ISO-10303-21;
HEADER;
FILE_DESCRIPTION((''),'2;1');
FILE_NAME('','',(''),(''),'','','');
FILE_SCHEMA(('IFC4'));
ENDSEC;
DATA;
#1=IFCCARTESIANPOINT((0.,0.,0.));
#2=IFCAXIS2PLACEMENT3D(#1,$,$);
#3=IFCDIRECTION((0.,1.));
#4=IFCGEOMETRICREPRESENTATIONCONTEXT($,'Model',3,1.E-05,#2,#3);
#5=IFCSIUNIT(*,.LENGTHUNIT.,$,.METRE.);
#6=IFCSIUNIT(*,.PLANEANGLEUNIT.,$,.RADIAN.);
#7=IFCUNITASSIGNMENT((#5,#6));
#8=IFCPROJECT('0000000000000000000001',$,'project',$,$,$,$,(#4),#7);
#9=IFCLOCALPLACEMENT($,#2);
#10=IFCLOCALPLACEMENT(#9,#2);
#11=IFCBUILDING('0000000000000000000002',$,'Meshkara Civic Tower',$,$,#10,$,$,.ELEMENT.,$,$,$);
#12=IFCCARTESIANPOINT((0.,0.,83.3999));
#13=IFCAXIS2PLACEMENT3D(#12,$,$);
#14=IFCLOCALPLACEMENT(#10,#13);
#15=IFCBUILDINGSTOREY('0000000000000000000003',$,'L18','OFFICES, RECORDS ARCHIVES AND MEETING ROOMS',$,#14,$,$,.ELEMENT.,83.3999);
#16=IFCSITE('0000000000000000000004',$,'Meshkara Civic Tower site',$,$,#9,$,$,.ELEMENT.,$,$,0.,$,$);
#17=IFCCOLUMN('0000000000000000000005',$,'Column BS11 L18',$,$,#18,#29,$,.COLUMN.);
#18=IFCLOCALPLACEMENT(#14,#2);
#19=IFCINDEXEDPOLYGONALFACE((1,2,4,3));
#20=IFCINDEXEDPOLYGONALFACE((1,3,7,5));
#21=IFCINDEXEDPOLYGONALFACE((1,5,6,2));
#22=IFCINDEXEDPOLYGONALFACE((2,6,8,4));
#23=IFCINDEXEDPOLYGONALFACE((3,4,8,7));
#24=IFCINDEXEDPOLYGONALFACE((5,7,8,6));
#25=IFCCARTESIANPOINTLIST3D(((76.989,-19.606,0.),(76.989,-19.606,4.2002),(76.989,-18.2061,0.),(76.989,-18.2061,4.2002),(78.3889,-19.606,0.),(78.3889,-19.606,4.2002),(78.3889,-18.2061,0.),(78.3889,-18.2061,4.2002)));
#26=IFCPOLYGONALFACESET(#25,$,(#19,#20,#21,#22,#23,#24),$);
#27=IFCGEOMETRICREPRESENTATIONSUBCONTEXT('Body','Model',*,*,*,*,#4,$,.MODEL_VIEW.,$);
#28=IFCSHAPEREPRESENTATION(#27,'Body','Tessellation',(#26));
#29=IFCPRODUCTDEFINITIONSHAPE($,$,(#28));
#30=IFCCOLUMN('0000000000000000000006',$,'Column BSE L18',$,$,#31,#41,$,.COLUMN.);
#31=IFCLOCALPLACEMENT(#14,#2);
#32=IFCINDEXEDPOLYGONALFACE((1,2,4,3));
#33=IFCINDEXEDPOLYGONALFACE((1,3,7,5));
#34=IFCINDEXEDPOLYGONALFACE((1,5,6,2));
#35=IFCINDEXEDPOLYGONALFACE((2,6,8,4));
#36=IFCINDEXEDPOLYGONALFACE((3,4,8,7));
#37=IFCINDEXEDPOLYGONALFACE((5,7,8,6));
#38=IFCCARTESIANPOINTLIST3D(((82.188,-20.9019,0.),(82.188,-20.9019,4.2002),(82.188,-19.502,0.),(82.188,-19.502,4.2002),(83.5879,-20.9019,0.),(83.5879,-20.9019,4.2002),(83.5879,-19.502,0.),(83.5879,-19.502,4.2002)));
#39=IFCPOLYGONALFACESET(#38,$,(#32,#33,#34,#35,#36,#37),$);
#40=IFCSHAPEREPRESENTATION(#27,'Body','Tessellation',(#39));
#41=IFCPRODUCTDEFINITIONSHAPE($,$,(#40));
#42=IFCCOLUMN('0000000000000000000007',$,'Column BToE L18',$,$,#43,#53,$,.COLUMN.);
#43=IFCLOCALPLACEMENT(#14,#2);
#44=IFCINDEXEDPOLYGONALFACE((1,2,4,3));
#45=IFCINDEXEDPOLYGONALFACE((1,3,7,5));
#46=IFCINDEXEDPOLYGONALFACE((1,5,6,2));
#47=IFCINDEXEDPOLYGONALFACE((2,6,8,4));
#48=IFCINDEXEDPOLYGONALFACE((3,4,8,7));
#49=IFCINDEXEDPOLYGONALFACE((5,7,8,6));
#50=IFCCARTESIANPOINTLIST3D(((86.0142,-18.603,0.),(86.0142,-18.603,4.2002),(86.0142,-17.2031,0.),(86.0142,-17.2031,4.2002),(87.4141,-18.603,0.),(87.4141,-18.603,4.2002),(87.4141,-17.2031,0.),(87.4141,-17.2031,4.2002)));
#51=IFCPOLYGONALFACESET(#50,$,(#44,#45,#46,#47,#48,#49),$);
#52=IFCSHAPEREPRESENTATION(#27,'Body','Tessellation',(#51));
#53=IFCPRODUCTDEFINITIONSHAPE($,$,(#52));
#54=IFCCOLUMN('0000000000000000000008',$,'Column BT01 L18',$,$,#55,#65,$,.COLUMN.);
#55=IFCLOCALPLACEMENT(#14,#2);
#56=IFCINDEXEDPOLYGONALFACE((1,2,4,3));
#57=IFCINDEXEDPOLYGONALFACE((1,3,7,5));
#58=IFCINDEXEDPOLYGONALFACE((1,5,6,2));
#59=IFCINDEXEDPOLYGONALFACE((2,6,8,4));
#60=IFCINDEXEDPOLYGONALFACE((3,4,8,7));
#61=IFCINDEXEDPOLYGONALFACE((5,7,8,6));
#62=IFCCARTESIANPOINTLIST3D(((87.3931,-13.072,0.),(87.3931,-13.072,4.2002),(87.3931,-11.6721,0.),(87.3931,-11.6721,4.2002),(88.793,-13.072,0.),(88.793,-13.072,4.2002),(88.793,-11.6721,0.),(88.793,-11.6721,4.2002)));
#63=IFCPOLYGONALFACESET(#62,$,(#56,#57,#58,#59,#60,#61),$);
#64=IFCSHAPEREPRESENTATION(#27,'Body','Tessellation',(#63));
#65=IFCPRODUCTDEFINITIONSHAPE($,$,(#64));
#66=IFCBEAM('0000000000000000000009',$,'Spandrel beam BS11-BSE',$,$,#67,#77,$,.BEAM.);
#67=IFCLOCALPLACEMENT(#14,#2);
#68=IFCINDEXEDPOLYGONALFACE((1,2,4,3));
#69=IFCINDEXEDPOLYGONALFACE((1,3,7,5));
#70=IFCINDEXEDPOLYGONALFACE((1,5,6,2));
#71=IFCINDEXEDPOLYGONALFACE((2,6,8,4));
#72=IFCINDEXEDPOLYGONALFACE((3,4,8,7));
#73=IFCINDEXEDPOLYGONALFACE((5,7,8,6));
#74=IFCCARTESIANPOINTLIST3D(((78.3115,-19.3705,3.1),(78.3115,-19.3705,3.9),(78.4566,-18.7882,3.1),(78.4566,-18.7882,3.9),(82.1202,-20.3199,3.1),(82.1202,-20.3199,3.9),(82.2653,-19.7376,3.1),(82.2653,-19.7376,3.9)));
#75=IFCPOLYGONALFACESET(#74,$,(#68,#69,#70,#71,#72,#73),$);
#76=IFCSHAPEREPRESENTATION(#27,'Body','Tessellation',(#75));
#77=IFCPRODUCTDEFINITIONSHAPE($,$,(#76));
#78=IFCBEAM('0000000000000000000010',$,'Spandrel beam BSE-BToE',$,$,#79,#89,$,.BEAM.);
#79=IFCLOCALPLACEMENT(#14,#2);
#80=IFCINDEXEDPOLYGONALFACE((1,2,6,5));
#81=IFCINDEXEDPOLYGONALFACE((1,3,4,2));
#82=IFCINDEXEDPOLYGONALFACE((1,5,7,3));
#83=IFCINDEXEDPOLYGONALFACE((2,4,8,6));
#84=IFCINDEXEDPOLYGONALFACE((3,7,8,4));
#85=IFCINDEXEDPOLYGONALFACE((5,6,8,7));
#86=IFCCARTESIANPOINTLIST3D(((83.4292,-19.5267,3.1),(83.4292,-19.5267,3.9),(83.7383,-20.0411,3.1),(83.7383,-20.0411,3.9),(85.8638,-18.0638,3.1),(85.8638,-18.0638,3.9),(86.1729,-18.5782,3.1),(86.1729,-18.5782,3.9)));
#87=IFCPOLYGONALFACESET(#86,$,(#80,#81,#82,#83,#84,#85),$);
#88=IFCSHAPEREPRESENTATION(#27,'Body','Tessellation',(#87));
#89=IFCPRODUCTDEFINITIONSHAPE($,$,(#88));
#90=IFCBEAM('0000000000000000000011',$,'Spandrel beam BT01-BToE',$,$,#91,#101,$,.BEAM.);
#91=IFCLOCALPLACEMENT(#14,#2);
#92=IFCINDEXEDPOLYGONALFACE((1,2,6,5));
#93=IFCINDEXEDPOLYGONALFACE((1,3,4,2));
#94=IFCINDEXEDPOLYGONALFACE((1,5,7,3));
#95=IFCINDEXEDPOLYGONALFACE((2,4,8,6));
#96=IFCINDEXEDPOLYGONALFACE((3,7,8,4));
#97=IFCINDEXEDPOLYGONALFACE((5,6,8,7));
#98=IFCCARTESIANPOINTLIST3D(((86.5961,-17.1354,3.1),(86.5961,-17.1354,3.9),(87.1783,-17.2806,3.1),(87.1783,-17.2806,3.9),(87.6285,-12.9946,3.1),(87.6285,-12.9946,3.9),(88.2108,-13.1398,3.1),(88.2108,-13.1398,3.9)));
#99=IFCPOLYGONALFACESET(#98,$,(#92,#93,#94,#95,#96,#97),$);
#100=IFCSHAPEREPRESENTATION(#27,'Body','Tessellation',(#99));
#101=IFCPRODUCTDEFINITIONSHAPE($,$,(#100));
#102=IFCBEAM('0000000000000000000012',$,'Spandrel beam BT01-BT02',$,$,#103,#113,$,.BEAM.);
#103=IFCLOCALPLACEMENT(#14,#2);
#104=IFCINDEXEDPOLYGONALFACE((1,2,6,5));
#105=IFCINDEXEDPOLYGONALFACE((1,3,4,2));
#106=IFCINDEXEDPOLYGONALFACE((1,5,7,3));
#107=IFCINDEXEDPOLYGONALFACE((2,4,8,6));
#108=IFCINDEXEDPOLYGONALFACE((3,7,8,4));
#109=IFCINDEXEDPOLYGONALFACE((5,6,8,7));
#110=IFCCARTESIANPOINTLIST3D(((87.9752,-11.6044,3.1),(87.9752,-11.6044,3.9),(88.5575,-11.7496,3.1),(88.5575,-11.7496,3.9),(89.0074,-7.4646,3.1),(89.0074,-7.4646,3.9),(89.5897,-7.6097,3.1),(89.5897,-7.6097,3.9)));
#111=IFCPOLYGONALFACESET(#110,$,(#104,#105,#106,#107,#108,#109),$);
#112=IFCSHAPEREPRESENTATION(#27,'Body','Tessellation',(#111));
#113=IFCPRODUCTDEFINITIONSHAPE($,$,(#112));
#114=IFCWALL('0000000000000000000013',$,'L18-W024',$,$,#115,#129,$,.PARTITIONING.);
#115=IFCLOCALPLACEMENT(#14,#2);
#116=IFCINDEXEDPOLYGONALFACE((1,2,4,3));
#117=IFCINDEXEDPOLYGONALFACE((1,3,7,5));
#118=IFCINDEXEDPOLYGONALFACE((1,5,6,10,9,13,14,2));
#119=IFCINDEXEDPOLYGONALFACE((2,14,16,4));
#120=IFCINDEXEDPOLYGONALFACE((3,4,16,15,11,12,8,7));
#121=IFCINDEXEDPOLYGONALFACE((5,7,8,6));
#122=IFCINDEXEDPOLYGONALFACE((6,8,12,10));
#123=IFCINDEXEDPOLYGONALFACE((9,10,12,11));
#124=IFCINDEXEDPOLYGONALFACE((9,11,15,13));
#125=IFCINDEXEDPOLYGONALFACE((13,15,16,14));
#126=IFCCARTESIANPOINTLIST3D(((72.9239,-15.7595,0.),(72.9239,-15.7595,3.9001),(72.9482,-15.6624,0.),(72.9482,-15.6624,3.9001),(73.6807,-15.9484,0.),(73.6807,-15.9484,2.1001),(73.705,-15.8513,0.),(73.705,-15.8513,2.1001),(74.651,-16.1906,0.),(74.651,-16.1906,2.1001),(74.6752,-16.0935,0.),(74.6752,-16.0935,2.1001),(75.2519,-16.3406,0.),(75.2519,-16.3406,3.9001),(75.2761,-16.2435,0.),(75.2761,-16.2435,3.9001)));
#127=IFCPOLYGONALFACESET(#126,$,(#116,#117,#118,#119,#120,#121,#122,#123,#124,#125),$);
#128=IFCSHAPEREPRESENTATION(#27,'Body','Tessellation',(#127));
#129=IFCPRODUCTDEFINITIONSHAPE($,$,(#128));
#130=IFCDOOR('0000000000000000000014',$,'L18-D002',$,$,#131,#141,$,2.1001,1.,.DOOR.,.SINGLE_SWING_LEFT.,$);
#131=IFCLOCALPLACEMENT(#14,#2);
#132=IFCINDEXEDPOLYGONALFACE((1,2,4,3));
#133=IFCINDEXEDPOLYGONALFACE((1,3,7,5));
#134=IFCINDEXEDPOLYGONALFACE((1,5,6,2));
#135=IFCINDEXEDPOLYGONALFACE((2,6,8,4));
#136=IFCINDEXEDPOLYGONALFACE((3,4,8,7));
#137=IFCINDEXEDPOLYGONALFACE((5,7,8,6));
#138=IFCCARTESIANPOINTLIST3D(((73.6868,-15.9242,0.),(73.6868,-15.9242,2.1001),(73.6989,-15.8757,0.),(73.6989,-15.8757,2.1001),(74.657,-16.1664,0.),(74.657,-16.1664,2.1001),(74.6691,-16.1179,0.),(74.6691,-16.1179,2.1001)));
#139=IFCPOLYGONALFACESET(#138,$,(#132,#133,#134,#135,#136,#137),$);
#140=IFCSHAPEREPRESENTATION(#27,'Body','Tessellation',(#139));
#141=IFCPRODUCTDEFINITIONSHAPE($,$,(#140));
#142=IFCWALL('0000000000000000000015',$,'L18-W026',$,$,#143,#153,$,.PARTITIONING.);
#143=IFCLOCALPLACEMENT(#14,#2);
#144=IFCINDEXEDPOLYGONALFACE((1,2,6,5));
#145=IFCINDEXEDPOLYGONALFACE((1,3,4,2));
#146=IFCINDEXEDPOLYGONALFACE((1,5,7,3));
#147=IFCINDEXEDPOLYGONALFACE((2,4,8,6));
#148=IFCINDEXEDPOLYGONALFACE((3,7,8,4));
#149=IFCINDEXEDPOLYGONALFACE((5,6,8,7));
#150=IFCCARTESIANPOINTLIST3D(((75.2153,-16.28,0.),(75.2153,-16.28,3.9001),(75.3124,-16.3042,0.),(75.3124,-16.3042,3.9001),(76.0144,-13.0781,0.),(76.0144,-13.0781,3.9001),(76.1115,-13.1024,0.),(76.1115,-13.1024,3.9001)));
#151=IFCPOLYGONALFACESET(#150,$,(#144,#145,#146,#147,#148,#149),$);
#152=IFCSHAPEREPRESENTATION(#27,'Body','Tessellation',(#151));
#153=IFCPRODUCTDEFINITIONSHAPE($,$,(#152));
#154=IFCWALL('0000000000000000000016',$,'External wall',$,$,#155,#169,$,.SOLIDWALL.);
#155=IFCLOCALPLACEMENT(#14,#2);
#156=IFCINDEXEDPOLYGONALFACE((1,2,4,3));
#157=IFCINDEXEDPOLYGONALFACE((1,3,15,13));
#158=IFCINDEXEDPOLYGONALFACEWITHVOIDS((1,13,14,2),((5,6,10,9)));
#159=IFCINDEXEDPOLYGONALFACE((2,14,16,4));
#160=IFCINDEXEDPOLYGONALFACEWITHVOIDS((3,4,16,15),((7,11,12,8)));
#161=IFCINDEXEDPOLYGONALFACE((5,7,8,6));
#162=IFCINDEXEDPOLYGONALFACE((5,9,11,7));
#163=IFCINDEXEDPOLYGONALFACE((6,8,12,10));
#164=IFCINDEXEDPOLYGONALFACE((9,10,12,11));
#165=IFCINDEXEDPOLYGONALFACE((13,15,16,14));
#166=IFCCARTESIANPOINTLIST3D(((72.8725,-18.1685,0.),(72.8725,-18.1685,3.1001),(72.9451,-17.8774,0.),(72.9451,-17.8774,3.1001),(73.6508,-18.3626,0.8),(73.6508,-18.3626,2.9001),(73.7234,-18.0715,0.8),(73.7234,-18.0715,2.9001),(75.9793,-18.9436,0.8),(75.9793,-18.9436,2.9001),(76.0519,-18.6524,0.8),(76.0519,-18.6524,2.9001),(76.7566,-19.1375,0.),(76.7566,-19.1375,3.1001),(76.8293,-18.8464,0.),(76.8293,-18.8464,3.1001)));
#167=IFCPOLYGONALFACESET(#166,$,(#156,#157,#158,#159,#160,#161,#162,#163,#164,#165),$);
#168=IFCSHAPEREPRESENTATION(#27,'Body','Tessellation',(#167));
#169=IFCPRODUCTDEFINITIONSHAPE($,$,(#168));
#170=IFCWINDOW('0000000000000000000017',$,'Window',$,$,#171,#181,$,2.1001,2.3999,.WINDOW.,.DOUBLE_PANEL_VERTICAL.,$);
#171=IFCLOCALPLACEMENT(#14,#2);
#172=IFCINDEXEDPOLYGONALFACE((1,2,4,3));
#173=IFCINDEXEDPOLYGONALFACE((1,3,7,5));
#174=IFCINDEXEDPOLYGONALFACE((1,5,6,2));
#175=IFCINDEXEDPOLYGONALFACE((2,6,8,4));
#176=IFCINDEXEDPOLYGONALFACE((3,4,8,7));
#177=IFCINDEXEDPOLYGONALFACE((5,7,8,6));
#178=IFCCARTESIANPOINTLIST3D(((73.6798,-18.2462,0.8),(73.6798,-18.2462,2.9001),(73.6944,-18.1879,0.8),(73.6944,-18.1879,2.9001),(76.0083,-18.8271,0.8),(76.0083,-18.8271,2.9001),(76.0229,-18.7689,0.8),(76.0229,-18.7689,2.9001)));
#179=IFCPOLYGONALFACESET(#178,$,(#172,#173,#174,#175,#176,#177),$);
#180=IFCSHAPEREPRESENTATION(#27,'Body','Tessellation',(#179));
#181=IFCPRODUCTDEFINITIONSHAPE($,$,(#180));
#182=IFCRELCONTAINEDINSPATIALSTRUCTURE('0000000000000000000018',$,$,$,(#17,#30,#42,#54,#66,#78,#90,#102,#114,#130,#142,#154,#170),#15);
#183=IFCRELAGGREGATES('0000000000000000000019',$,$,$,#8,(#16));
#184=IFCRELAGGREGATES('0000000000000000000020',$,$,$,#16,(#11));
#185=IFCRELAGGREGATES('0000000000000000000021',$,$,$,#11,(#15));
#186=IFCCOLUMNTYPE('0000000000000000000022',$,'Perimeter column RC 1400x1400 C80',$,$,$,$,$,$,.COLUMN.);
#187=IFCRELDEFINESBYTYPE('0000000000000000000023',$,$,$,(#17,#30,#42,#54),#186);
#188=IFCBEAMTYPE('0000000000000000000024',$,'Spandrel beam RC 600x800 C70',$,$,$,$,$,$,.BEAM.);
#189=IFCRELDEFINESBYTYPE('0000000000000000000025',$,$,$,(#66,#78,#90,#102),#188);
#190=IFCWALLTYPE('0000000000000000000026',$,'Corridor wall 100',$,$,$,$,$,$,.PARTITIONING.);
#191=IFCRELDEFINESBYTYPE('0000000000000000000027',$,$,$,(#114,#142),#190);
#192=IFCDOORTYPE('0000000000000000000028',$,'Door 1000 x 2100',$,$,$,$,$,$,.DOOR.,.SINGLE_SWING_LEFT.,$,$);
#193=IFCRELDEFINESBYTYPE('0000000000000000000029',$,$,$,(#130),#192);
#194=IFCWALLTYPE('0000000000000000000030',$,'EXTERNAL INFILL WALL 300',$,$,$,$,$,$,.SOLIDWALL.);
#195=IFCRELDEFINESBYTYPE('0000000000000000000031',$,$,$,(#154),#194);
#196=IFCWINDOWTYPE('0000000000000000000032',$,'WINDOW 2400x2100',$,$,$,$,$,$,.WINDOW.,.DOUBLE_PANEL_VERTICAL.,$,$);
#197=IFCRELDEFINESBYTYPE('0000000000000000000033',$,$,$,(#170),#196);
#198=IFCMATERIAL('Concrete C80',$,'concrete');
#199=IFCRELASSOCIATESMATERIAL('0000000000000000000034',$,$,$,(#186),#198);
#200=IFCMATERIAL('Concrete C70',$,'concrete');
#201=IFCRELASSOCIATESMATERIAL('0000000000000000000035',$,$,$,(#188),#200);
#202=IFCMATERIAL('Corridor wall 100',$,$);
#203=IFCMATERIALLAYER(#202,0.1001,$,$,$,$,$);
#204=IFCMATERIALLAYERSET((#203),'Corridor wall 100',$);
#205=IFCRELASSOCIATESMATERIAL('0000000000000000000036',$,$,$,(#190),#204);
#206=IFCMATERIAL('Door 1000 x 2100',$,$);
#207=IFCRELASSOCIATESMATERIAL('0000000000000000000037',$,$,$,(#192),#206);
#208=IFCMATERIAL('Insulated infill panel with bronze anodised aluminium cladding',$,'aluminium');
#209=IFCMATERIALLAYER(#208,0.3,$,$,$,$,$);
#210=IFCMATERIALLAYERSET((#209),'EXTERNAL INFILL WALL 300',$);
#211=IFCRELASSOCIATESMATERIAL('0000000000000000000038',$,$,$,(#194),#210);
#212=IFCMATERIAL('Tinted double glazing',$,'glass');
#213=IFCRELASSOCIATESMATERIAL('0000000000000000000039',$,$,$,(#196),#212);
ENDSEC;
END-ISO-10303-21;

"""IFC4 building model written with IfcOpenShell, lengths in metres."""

from ifc_helpers import new_model, si_unit, direction, frame, frame_2d, origin, origin_2d, place, context, subcontext, project, spatial, rectangle, extrude, material, layer, layer_set, material_profile, profile_set, type_object, element, fill, save


model = new_model("IFC4")

# Units and contexts
model_context = context("Model", 3, precision=1e-05, world=origin(), true_north=direction((0.0, 1.0)))
body_context = subcontext(model_context, "Body", "Model", "MODEL_VIEW")
ifc_project = project(units=[si_unit("LENGTHUNIT", "METRE"), si_unit("PLANEANGLEUNIT", "RADIAN")], contexts=[model_context])

# Site, building, storey
site_placement = place(None, origin())
site = spatial("IfcSite", under=ifc_project, at=site_placement, Name="Meshkara Civic Tower site", CompositionType="ELEMENT", RefElevation=0.0)
building_placement = place(site_placement, origin())
building = spatial("IfcBuilding", under=site, at=building_placement, Name="Meshkara Civic Tower", CompositionType="ELEMENT")
storey_placement = place(building_placement, frame((0.0, 0.0, 83.3999)))
storey = spatial("IfcBuildingStorey", under=building, at=storey_placement, Name="L18", Description="OFFICES, RECORDS ARCHIVES AND MEETING ROOMS", CompositionType="ELEMENT", Elevation=83.3999)

# Columns
ifc_material_1 = material(Name="Concrete C80", Category="concrete")
ifc_material_profile_1 = material_profile(ifc_material_1, rectangle(XDim=1.3999, YDim=1.3999, at=origin_2d()))
ifc_profile_set_1 = profile_set([ifc_material_profile_1], Name="Concrete C80")
column_type = type_object("IfcColumnType", Name="Perimeter column RC 1400x1400 C80", PredefinedType="COLUMN", material=ifc_profile_set_1)
for number, where, z_axis, x_axis, name in (
    (1, (77.689, -18.906, 0.0), (0.0, 0.0, 1.0), (1.0, 0.0, 0.0), "Column BS11 L18"),
    (2, (82.8879, -20.2019, 0.0), (0.0, 0.0, 1.0), (1.0, 0.0, 0.0), "Column BSE L18"),
    (3, (86.7141, -17.9031, 0.0), (0.0, 0.0, 1.0), (1.0, 0.0, 0.0), "Column BToE L18"),
    (4, (88.093, -12.3721, 0.0), (0.0, 0.0, 1.0), (1.0, 0.0, 0.0), "Column BT01 L18"),
):
    element("IfcColumn", number, at=place(storey_placement, frame(where, z_axis=z_axis, x_axis=x_axis)), inside=storey, type_object=column_type, Name=name, PredefinedType="COLUMN", context=body_context, shape_type="SweptSolid", body=[
        extrude(rectangle(XDim=1.3999, YDim=1.3999, at=origin_2d()), origin(), (0.0, 0.0, 1.0), 4.2002),
    ])

# Beams
ifc_material_2 = material(Name="Concrete C70", Category="concrete")
ifc_material_profile_2 = material_profile(ifc_material_2, rectangle(XDim=0.6001, YDim=0.8, at=origin_2d()))
ifc_profile_set_2 = profile_set([ifc_material_profile_2], Name="Concrete C70")
beam_type = type_object("IfcBeamType", Name="Spandrel beam RC 600x800 C70", PredefinedType="BEAM", material=ifc_profile_set_2)
beam_1_placement = place(storey_placement, frame((78.384, -19.0793, 3.5), z_axis=(0.970307, -0.241877, 0.0), x_axis=(0.241877, 0.970307, 0.0)))
element("IfcBeam", 5, at=beam_1_placement, inside=storey, type_object=beam_type, Name="Spandrel beam BS11-BSE", PredefinedType="BEAM", context=body_context, shape_type="SweptSolid", body=[
    extrude(rectangle(XDim=0.6001, YDim=0.8, at=origin_2d()), origin(), (0.0, 0.0, 1.0), 3.9253),
])
beam_2_placement = place(storey_placement, frame((83.5837, -19.7839, 3.5), z_axis=(0.857159, 0.515052, 0.0), x_axis=(-0.515052, 0.857159, 0.0)))
element("IfcBeam", 6, at=beam_2_placement, inside=storey, type_object=beam_type, Name="Spandrel beam BSE-BToE", PredefinedType="BEAM", context=body_context, shape_type="SweptSolid", body=[
    extrude(rectangle(XDim=0.6001, YDim=0.8, at=origin_2d()), origin(), (0.0, 0.0, 1.0), 2.8403),
])
beam_3_placement = place(storey_placement, frame((86.8872, -17.208, 3.5), z_axis=(0.24193, 0.970294, 0.0), x_axis=(-0.970294, 0.24193, 0.0)))
element("IfcBeam", 7, at=beam_3_placement, inside=storey, type_object=beam_type, Name="Spandrel beam BT01-BToE", PredefinedType="BEAM", context=body_context, shape_type="SweptSolid", body=[
    extrude(rectangle(XDim=0.6001, YDim=0.8, at=origin_2d()), origin(), (0.0, 0.0, 1.0), 4.2676),
])
beam_4_placement = place(storey_placement, frame((88.2664, -11.677, 3.5), z_axis=(0.24193, 0.970294, 0.0), x_axis=(-0.970294, 0.24193, 0.0)))
element("IfcBeam", 8, at=beam_4_placement, inside=storey, type_object=beam_type, Name="Spandrel beam BT01-BT02", PredefinedType="BEAM", context=body_context, shape_type="SweptSolid", body=[
    extrude(rectangle(XDim=0.6001, YDim=0.8, at=origin_2d()), origin(), (0.0, 0.0, 1.0), 4.2666),
])

# Wall, opening, door
ifc_material_3 = material(Name="Corridor wall 100")
ifc_layer_1 = layer(ifc_material_3, 0.1001)
ifc_layer_set_1 = layer_set([ifc_layer_1], Name="Corridor wall 100")
wall_type_1 = type_object("IfcWallType", Name="Corridor wall 100", PredefinedType="PARTITIONING", material=ifc_layer_set_1)
wall_1_placement = place(storey_placement, frame((72.936, -15.7109, 0.0), z_axis=(0.0, 0.0, 1.0), x_axis=(0.970232, -0.242176, 0.0)))
wall_1 = element("IfcWall", 9, at=wall_1_placement, inside=storey, type_object=wall_type_1, Name="L18-W024", PredefinedType="PARTITIONING", context=body_context, shape_type="SweptSolid", body=[
    extrude(rectangle(XDim=2.3994, YDim=0.1001, at=frame_2d((1.1997, 0.0))), origin(), (0.0, 0.0, 1.0), 3.9001),
])
opening_1_placement = place(wall_1_placement, frame((0.78, 0.0, 0.0)))
opening_1 = element("IfcOpeningElement", 10, at=opening_1_placement, cuts=wall_1, PredefinedType="OPENING", context=body_context, shape_type="SweptSolid", body=[
    extrude(rectangle(XDim=1.0, YDim=2.1001, at=frame_2d((0.5, 1.05))), frame((0.0, 0.0601, 0.0), z_axis=(0.0, -1.0, 0.0), x_axis=(1.0, 0.0, 0.0)), (0.0, 0.0, 1.0), 0.1201),
])
ifc_material_4 = material(Name="Door 1000 x 2100")
door_type_1 = type_object("IfcDoorType", Name="Door 1000 x 2100", OperationType="SINGLE_SWING_LEFT", PredefinedType="DOOR", material=ifc_material_4)
door_1_placement = place(opening_1_placement, origin())
door_1 = element("IfcDoor", 11, at=door_1_placement, inside=storey, type_object=door_type_1, Name="L18-D002", OperationType="SINGLE_SWING_LEFT", OverallHeight=2.1001, OverallWidth=1.0, PredefinedType="DOOR", context=body_context, shape_type="SweptSolid", body=[
    extrude(rectangle(XDim=1.0, YDim=2.1001, at=frame_2d((0.5, 1.05))), frame((0.0, 0.0249, 0.0), z_axis=(0.0, -1.0, 0.0), x_axis=(1.0, 0.0, 0.0)), (0.0, 0.0, 1.0), 0.05),
])
fill(opening_1, door_1)

# Wall
wall_2_placement = place(storey_placement, frame((75.2639, -16.292, 0.0), z_axis=(0.0, 0.0, 1.0), x_axis=(0.242135, 0.970243, 0.0)))
element("IfcWall", 12, at=wall_2_placement, inside=storey, type_object=wall_type_1, Name="L18-W026", PredefinedType="PARTITIONING", context=body_context, shape_type="SweptSolid", body=[
    extrude(rectangle(XDim=3.3, YDim=0.1001, at=frame_2d((1.6499, 0.0))), origin(), (0.0, 0.0, 1.0), 3.9001),
])

# Wall, opening, window
ifc_material_5 = material(Name="Insulated infill panel with bronze anodised aluminium cladding", Category="aluminium")
ifc_layer_2 = layer(ifc_material_5, 0.3)
ifc_layer_set_2 = layer_set([ifc_layer_2], Name="EXTERNAL INFILL WALL 300")
wall_type_2 = type_object("IfcWallType", Name="EXTERNAL INFILL WALL 300", PredefinedType="SOLIDWALL", material=ifc_layer_set_2)
wall_3_placement = place(storey_placement, frame((72.9089, -18.0229, 0.0), z_axis=(0.0, 0.0, 1.0), x_axis=(0.970261, -0.242062, 0.0)))
wall_3 = element("IfcWall", 13, at=wall_3_placement, inside=storey, type_object=wall_type_2, Name="External wall", PredefinedType="SOLIDWALL", context=body_context, shape_type="SweptSolid", body=[
    extrude(rectangle(XDim=4.0032, YDim=0.3, at=frame_2d((2.0015, 0.0))), origin(), (0.0, 0.0, 1.0), 3.1001),
])
opening_2_placement = place(wall_3_placement, frame((0.802, 0.0, 0.8)))
opening_2 = element("IfcOpeningElement", 14, at=opening_2_placement, cuts=wall_3, PredefinedType="OPENING", context=body_context, shape_type="SweptSolid", body=[
    extrude(rectangle(XDim=2.3999, YDim=2.1001, at=frame_2d((1.2, 1.05))), frame((0.0, 0.1599, 0.0), z_axis=(0.0, -1.0, 0.0), x_axis=(1.0, 0.0, 0.0)), (0.0, 0.0, 1.0), 0.3201),
])
ifc_material_6 = material(Name="Tinted double glazing", Category="glass")
window_type_1 = type_object("IfcWindowType", Name="WINDOW 2400x2100", PartitioningType="DOUBLE_PANEL_VERTICAL", PredefinedType="WINDOW", material=ifc_material_6)
window_1_placement = place(opening_2_placement, origin())
window_1 = element("IfcWindow", 15, at=window_1_placement, inside=storey, type_object=window_type_1, Name="Window", OverallHeight=2.1001, OverallWidth=2.3999, PartitioningType="DOUBLE_PANEL_VERTICAL", PredefinedType="WINDOW", context=body_context, shape_type="SweptSolid", body=[
    extrude(rectangle(XDim=2.3999, YDim=2.1001, at=frame_2d((1.2, 1.05))), frame((0.0, 0.03, 0.0), z_axis=(0.0, -1.0, 0.0), x_axis=(1.0, 0.0, 0.0)), (0.0, 0.0, 1.0), 0.0601),
])
fill(opening_2, window_1)

save(model, "model.ifc")
